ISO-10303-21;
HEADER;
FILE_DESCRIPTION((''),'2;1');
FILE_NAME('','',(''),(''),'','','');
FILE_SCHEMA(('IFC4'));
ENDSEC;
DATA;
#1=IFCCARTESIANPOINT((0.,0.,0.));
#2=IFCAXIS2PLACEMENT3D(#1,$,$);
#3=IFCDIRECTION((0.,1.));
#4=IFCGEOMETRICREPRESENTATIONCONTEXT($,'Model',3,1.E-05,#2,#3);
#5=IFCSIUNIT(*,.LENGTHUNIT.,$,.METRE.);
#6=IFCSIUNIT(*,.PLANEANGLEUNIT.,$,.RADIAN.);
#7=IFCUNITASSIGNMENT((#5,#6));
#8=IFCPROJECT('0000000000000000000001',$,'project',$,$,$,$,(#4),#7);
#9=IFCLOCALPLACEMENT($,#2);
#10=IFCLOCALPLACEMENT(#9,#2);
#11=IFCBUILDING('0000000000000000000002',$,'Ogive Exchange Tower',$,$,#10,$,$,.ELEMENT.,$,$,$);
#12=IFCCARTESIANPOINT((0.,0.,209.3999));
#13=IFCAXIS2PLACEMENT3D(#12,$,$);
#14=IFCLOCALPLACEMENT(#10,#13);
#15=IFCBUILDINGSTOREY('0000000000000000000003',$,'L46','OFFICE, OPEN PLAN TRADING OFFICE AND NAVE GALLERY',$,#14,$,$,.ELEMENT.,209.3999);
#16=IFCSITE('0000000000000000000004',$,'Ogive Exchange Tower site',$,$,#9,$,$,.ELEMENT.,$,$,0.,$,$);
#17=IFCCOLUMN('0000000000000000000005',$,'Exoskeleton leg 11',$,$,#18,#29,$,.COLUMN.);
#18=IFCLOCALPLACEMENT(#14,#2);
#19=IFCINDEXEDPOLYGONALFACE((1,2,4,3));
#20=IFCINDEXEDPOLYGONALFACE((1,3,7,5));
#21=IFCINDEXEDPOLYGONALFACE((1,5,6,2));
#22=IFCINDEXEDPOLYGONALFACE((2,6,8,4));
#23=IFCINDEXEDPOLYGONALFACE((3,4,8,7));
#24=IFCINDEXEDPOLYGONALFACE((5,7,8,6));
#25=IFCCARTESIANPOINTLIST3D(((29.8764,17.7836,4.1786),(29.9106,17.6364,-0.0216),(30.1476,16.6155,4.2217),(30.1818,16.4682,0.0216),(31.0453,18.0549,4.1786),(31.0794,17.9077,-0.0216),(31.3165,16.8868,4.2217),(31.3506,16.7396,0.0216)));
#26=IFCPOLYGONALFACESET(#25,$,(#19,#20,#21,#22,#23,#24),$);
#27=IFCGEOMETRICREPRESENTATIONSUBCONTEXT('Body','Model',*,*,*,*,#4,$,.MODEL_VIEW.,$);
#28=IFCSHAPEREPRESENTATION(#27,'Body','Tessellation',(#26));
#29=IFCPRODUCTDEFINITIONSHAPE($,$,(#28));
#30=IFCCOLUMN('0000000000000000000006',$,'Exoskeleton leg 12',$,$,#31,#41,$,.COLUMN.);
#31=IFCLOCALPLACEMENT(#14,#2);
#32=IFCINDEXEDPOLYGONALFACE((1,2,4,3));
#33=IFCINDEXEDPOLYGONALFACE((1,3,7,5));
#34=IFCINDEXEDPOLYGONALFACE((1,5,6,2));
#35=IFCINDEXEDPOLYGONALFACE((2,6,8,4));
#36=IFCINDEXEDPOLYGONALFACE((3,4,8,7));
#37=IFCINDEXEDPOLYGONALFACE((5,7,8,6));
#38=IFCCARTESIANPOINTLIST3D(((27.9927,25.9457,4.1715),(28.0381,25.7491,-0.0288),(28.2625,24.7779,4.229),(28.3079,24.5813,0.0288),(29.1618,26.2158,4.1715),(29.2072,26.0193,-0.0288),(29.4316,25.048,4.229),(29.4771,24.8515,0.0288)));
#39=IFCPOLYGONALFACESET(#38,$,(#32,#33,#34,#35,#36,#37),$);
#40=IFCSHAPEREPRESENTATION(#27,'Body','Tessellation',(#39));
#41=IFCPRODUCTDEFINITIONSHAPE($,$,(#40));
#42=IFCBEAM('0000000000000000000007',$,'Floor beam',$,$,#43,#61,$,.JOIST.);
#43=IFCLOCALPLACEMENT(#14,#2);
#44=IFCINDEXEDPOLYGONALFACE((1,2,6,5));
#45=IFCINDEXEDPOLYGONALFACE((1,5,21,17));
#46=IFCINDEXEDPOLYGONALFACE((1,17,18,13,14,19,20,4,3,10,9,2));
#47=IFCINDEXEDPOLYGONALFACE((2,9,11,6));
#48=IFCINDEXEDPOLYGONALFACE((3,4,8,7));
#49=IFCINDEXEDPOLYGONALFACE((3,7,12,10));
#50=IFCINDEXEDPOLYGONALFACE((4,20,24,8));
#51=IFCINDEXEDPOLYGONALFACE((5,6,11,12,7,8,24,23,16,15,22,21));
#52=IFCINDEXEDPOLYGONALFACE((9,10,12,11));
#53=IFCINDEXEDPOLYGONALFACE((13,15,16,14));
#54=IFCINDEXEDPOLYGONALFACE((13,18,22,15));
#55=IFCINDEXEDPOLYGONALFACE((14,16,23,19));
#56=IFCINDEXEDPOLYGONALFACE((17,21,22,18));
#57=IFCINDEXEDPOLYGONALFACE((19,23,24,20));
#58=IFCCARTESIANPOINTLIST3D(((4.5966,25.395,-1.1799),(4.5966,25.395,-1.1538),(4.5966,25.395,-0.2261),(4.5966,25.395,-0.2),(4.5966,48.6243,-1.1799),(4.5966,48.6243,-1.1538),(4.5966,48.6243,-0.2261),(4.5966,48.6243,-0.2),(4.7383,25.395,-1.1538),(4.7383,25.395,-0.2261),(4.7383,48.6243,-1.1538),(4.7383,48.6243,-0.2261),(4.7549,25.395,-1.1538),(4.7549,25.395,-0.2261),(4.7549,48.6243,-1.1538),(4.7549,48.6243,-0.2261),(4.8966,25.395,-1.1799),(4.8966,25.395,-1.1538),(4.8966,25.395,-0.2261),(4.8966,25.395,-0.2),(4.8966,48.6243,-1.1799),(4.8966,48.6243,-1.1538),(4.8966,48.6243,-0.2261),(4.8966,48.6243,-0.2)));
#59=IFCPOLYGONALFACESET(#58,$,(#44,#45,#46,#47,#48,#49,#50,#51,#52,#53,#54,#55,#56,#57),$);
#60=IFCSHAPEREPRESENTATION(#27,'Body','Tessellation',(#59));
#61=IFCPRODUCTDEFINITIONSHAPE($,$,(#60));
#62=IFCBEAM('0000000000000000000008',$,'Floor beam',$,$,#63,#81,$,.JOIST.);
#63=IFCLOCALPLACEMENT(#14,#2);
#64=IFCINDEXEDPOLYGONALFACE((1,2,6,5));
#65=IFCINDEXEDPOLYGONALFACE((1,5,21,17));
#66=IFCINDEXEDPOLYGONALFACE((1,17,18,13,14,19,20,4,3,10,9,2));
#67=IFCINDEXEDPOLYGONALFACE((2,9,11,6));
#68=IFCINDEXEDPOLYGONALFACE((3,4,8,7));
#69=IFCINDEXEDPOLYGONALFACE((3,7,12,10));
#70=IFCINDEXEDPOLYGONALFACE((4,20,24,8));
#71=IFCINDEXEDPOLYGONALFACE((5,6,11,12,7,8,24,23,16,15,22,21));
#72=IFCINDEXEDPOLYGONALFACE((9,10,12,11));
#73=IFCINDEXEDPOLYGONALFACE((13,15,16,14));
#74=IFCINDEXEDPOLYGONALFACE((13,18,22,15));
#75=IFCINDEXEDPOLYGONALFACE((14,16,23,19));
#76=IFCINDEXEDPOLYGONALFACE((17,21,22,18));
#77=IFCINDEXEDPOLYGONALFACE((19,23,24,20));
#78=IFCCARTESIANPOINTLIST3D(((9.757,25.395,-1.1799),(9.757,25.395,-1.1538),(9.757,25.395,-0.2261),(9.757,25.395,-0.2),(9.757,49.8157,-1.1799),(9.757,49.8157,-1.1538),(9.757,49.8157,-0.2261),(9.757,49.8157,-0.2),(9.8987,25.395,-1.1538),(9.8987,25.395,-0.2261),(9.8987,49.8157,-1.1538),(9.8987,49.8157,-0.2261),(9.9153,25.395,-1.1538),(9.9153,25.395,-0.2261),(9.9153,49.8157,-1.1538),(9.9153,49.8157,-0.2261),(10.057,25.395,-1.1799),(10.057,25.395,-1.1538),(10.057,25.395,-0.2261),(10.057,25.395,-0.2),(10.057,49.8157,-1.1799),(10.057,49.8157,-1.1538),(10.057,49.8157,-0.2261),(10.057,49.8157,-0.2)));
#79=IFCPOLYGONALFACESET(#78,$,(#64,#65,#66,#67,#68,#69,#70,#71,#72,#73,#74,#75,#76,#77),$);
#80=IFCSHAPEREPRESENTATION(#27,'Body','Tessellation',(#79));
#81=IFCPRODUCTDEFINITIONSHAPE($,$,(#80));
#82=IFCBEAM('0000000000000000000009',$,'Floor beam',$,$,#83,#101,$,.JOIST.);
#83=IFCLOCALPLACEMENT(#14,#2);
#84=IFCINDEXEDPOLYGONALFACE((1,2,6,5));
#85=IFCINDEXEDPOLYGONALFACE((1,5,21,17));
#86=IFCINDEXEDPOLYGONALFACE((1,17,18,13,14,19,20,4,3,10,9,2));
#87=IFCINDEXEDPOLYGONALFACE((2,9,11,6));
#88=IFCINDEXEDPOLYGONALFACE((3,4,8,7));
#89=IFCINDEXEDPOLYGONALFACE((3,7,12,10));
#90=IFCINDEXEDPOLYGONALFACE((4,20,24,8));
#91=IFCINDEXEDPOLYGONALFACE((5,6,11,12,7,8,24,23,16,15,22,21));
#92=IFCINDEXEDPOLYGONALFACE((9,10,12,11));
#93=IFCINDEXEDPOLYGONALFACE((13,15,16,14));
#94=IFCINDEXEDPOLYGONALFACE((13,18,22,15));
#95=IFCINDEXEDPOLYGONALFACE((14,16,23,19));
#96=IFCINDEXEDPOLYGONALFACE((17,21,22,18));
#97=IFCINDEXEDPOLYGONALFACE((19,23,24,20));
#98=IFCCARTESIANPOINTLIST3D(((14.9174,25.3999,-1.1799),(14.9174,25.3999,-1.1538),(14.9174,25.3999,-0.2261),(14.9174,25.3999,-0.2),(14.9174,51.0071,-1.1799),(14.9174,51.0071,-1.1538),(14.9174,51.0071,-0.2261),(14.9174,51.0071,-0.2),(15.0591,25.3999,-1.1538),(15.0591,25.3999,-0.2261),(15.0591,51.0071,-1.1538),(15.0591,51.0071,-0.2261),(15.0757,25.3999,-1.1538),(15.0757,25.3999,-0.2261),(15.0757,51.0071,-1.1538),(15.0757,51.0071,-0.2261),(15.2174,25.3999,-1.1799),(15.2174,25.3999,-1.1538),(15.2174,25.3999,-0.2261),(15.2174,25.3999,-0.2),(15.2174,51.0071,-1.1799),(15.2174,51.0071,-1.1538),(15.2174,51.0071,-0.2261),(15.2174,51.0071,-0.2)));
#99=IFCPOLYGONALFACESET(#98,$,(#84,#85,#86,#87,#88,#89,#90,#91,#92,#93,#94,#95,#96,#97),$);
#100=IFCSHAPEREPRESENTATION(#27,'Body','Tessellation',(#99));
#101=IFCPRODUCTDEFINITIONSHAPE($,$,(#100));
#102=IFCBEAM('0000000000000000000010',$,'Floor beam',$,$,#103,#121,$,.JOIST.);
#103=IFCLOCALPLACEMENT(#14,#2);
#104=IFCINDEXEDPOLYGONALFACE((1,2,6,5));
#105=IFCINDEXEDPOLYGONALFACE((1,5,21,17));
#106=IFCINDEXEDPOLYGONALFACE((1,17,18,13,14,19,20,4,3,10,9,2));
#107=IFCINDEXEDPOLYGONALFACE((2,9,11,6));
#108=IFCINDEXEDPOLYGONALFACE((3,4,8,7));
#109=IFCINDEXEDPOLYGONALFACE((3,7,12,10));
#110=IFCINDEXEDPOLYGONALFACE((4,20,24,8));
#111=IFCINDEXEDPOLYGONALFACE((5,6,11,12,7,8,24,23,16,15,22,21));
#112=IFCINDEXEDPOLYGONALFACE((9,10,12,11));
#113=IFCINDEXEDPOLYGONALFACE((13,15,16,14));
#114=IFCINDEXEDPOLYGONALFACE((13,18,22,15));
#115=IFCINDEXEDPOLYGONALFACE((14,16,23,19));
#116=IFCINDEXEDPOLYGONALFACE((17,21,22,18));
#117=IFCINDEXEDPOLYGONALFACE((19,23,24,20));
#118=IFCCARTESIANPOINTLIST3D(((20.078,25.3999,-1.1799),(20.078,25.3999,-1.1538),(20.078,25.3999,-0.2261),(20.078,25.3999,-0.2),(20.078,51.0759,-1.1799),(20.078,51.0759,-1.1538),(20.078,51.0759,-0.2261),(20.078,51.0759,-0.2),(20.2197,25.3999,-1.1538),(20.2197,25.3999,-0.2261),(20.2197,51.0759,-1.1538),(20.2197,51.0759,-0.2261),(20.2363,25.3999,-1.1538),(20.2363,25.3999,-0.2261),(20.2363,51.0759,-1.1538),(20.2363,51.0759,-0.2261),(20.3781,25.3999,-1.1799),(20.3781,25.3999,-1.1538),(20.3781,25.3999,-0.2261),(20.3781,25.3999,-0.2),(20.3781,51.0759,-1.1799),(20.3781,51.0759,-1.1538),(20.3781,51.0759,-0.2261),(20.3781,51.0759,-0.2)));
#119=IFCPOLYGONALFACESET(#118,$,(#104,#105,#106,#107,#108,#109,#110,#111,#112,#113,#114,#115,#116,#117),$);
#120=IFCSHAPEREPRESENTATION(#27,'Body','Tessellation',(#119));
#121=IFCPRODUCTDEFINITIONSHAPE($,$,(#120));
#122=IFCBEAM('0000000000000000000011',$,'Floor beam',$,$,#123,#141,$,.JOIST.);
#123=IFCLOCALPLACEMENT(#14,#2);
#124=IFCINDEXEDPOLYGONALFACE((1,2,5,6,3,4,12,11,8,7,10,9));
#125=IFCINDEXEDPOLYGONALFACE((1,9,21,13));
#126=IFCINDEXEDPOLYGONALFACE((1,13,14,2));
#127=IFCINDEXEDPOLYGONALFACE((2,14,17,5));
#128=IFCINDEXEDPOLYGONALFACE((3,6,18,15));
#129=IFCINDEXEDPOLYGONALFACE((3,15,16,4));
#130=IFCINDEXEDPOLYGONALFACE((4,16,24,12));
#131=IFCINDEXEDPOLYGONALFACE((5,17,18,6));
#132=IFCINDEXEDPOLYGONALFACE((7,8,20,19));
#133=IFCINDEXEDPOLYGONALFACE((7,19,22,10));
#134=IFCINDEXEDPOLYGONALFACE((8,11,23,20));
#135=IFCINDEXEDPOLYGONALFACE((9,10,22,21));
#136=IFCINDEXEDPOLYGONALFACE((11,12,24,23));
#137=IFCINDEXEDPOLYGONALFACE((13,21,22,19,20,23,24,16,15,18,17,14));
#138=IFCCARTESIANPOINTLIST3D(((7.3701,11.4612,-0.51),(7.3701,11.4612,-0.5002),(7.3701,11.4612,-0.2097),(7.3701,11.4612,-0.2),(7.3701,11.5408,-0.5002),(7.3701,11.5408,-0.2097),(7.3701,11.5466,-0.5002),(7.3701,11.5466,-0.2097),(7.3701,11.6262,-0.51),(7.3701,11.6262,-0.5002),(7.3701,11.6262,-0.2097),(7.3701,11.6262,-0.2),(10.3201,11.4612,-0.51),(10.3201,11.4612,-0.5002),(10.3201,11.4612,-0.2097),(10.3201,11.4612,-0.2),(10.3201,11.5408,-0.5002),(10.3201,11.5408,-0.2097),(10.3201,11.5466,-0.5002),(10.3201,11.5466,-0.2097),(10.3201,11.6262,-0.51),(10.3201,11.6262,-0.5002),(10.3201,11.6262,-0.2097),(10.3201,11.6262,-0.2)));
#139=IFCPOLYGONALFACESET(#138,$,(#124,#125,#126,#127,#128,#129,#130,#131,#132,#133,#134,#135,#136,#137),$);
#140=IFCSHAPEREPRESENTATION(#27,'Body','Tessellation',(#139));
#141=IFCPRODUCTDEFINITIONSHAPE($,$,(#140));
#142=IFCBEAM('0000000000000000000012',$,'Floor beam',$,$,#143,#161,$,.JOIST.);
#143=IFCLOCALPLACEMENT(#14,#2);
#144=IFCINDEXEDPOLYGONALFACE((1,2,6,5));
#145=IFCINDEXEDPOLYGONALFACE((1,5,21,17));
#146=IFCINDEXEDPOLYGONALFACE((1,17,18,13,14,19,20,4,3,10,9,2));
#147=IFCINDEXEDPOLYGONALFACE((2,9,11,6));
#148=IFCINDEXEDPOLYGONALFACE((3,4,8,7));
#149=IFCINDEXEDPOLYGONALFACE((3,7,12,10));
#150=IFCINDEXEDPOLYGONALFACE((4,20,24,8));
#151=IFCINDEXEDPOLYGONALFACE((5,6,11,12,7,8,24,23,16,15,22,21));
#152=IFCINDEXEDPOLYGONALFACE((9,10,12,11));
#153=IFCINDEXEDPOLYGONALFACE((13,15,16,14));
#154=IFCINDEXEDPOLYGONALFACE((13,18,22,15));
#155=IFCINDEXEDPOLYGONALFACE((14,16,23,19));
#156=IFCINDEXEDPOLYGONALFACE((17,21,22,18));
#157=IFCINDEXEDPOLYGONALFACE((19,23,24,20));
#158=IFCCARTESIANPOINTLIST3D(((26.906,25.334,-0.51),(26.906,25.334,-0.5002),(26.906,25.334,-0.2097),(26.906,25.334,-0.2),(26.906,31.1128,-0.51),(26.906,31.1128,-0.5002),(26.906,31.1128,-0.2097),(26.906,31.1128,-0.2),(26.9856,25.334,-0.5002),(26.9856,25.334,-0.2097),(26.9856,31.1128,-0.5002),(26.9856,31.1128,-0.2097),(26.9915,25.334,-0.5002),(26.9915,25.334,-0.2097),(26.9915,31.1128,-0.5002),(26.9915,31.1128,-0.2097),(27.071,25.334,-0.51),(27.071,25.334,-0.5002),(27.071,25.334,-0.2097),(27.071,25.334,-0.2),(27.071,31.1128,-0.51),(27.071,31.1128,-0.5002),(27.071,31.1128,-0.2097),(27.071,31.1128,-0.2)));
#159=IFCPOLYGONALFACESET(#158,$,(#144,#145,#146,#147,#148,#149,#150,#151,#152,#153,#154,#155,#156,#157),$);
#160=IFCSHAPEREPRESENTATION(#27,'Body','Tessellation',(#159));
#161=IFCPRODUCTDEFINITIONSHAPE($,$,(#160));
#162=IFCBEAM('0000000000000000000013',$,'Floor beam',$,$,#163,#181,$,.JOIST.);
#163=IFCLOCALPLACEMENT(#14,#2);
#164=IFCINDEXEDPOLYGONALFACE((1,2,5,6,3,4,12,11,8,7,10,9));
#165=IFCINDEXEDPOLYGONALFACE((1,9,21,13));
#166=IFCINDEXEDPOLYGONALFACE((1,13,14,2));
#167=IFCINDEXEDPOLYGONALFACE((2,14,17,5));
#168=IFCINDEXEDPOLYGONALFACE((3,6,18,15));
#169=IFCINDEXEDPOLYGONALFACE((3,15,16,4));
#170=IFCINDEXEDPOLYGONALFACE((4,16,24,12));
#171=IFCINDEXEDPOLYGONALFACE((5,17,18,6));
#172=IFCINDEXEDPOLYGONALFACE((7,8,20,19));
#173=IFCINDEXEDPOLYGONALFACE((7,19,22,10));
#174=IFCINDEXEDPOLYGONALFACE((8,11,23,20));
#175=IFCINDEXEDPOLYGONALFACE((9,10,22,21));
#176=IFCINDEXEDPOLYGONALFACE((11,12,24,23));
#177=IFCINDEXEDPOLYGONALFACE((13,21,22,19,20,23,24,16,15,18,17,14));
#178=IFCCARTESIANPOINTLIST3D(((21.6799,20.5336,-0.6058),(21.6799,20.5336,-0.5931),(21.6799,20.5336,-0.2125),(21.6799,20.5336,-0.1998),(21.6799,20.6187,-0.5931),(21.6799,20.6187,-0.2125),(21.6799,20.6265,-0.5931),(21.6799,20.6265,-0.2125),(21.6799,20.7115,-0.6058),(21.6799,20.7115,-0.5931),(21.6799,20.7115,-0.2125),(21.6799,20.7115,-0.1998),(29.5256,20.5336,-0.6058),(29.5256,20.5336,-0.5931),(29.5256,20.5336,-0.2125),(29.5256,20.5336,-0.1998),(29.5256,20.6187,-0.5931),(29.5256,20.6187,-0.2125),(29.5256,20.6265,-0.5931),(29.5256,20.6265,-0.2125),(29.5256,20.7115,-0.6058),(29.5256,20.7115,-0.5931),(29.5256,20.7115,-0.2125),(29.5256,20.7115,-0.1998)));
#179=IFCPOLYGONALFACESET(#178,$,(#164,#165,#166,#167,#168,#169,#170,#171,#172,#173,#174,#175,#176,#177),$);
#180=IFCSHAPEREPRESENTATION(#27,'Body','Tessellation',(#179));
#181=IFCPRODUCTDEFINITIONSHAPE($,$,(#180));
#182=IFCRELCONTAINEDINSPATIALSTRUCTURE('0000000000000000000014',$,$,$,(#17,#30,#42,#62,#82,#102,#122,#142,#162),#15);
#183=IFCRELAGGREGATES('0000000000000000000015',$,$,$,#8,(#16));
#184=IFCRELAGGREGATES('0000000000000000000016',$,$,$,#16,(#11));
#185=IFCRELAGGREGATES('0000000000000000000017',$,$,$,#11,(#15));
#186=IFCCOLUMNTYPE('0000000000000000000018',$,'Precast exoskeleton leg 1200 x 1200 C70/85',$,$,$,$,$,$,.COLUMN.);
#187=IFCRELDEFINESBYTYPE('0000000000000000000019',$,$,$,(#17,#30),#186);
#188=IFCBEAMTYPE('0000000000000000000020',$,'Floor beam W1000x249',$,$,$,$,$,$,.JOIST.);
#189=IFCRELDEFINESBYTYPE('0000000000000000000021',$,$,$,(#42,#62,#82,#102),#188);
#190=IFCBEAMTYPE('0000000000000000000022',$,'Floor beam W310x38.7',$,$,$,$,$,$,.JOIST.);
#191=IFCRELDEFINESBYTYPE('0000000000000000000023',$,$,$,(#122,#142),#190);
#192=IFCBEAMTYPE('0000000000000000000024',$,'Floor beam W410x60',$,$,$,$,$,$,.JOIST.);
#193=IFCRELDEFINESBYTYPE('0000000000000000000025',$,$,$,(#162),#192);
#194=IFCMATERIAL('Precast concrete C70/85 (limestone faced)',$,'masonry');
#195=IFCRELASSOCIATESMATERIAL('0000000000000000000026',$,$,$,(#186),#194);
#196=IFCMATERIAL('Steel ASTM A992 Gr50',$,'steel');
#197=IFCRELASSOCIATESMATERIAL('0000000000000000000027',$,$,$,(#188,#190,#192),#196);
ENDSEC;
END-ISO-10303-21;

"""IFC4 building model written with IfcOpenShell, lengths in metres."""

from ifc_helpers import new_model, si_unit, direction, frame, origin, origin_2d, place, context, subcontext, project, spatial, rectangle, i_section, extrude, material, material_profile, profile_set, type_object, element, save


model = new_model("IFC4")

# Units and contexts
model_context = context("Model", 3, precision=1e-05, world=origin(), true_north=direction((0.0, 1.0)))
body_context = subcontext(model_context, "Body", "Model", "MODEL_VIEW")
ifc_project = project(units=[si_unit("LENGTHUNIT", "METRE"), si_unit("PLANEANGLEUNIT", "RADIAN")], contexts=[model_context])

# Site, building, storey
site_placement = place(None, origin())
site = spatial("IfcSite", under=ifc_project, at=site_placement, Name="Ogive Exchange Tower site", CompositionType="ELEMENT", RefElevation=0.0)
building_placement = place(site_placement, origin())
building = spatial("IfcBuilding", under=site, at=building_placement, Name="Ogive Exchange Tower", CompositionType="ELEMENT")
storey_placement = place(building_placement, frame((0.0, 0.0, 209.3999)))
storey = spatial("IfcBuildingStorey", under=building, at=storey_placement, Name="L46", Description="OFFICE, OPEN PLAN TRADING OFFICE AND NAVE GALLERY", CompositionType="ELEMENT", Elevation=209.3999)

# Columns
ifc_material_1 = material(Name="Precast concrete C70/85 (limestone faced)", Category="masonry")
ifc_material_profile_1 = material_profile(ifc_material_1, rectangle(XDim=1.2, YDim=1.2, at=origin_2d()), Name="1200 x 1200")
ifc_profile_set_1 = profile_set([ifc_material_profile_1], Name="Precast concrete C70/85 (limestone faced)")
column_type = type_object("IfcColumnType", Name="Precast exoskeleton leg 1200 x 1200 C70/85", PredefinedType="COLUMN", material=ifc_profile_set_1)
column_1_placement = place(storey_placement, frame((30.6306, 17.188, 0.0), z_axis=(-0.008132, 0.035027, 0.999353), x_axis=(-0.974091, -0.226157, 0.0)))
element("IfcColumn", 1, at=column_1_placement, inside=storey, type_object=column_type, Name="Exoskeleton leg 11", PredefinedType="COLUMN", context=body_context, shape_type="SweptSolid", body=[
    extrude(rectangle(XDim=1.2, YDim=1.2, at=origin_2d()), origin(), (0.0, 0.0, 1.0), 4.2029),
])
column_2_placement = place(storey_placement, frame((28.7576, 25.3003, 0.0), z_axis=(-0.010799, 0.046738, 0.998849), x_axis=(-0.97433, -0.225125, 0.0)))
element("IfcColumn", 2, at=column_2_placement, inside=storey, type_object=column_type, Name="Exoskeleton leg 12", PredefinedType="COLUMN", context=body_context, shape_type="SweptSolid", body=[
    extrude(rectangle(XDim=1.2, YDim=1.2, at=origin_2d()), origin(), (0.0, 0.0, 1.0), 4.2051),
])

# Beams
ifc_material_2 = material(Name="Steel ASTM A992 Gr50", Category="steel")
ifc_material_profile_2 = material_profile(ifc_material_2, i_section(OverallWidth=0.3, OverallDepth=0.98, WebThickness=0.0166, FlangeThickness=0.0261, at=origin_2d()), Name="W1000x249")
ifc_profile_set_2 = profile_set([ifc_material_profile_2], Name="Steel ASTM A992 Gr50")
beam_type_1 = type_object("IfcBeamType", Name="Floor beam W1000x249", PredefinedType="JOIST", material=ifc_profile_set_2)
beam_1_placement = place(storey_placement, frame((4.7466, 25.395, -0.6899), z_axis=(0.0, 1.0, 0.0), x_axis=(-1.0, 0.0, 0.0)))
element("IfcBeam", 3, at=beam_1_placement, inside=storey, type_object=beam_type_1, Name="Floor beam", PredefinedType="JOIST", context=body_context, shape_type="SweptSolid", body=[
    extrude(i_section(OverallWidth=0.3, OverallDepth=0.98, WebThickness=0.0166, FlangeThickness=0.0261, at=origin_2d()), origin(), (0.0, 0.0, 1.0), 23.2292),
])
beam_2_placement = place(storey_placement, frame((9.907, 25.395, -0.6899), z_axis=(0.0, 1.0, 0.0), x_axis=(-1.0, 0.0, 0.0)))
element("IfcBeam", 4, at=beam_2_placement, inside=storey, type_object=beam_type_1, Name="Floor beam", PredefinedType="JOIST", context=body_context, shape_type="SweptSolid", body=[
    extrude(i_section(OverallWidth=0.3, OverallDepth=0.98, WebThickness=0.0166, FlangeThickness=0.0261, at=origin_2d()), origin(), (0.0, 0.0, 1.0), 24.4207),
])
beam_3_placement = place(storey_placement, frame((15.0674, 25.3999, -0.6899), z_axis=(0.0, 1.0, 0.0), x_axis=(-1.0, 0.0, 0.0)))
element("IfcBeam", 5, at=beam_3_placement, inside=storey, type_object=beam_type_1, Name="Floor beam", PredefinedType="JOIST", context=body_context, shape_type="SweptSolid", body=[
    extrude(i_section(OverallWidth=0.3, OverallDepth=0.98, WebThickness=0.0166, FlangeThickness=0.0261, at=origin_2d()), origin(), (0.0, 0.0, 1.0), 25.6072),
])
beam_4_placement = place(storey_placement, frame((20.228, 25.3999, -0.6899), z_axis=(0.0, 1.0, 0.0), x_axis=(-1.0, 0.0, 0.0)))
element("IfcBeam", 6, at=beam_4_placement, inside=storey, type_object=beam_type_1, Name="Floor beam", PredefinedType="JOIST", context=body_context, shape_type="SweptSolid", body=[
    extrude(i_section(OverallWidth=0.3, OverallDepth=0.98, WebThickness=0.0166, FlangeThickness=0.0261, at=origin_2d()), origin(), (0.0, 0.0, 1.0), 25.676),
])
ifc_material_profile_3 = material_profile(ifc_material_2, i_section(OverallWidth=0.165, OverallDepth=0.3101, WebThickness=0.0059, FlangeThickness=0.0098, at=origin_2d()), Name="W310x38.7")
ifc_profile_set_3 = profile_set([ifc_material_profile_3], Name="Steel ASTM A992 Gr50")
beam_type_2 = type_object("IfcBeamType", Name="Floor beam W310x38.7", PredefinedType="JOIST", material=ifc_profile_set_3)
beam_5_placement = place(storey_placement, frame((7.3701, 11.5437, -0.355), z_axis=(1.0, 0.0, 0.0), x_axis=(0.0, 1.0, 0.0)))
element("IfcBeam", 7, at=beam_5_placement, inside=storey, type_object=beam_type_2, Name="Floor beam", PredefinedType="JOIST", context=body_context, shape_type="SweptSolid", body=[
    extrude(i_section(OverallWidth=0.165, OverallDepth=0.3101, WebThickness=0.0059, FlangeThickness=0.0098, at=origin_2d()), origin(), (0.0, 0.0, 1.0), 2.95),
])
beam_6_placement = place(storey_placement, frame((26.9885, 25.334, -0.355), z_axis=(0.0, 1.0, 0.0), x_axis=(-1.0, 0.0, 0.0)))
element("IfcBeam", 8, at=beam_6_placement, inside=storey, type_object=beam_type_2, Name="Floor beam", PredefinedType="JOIST", context=body_context, shape_type="SweptSolid", body=[
    extrude(i_section(OverallWidth=0.165, OverallDepth=0.3101, WebThickness=0.0059, FlangeThickness=0.0098, at=origin_2d()), origin(), (0.0, 0.0, 1.0), 5.7788),
])
ifc_material_profile_4 = material_profile(ifc_material_2, i_section(OverallWidth=0.178, OverallDepth=0.406, WebThickness=0.0078, FlangeThickness=0.0127, at=origin_2d()), Name="W410x60")
ifc_profile_set_4 = profile_set([ifc_material_profile_4], Name="Steel ASTM A992 Gr50")
beam_type_3 = type_object("IfcBeamType", Name="Floor beam W410x60", PredefinedType="JOIST", material=ifc_profile_set_4)
beam_7_placement = place(storey_placement, frame((21.6799, 20.6226, -0.4028), z_axis=(1.0, 0.0, 0.0), x_axis=(0.0, 1.0, 0.0)))
element("IfcBeam", 9, at=beam_7_placement, inside=storey, type_object=beam_type_3, Name="Floor beam", PredefinedType="JOIST", context=body_context, shape_type="SweptSolid", body=[
    extrude(i_section(OverallWidth=0.178, OverallDepth=0.406, WebThickness=0.0078, FlangeThickness=0.0127, at=origin_2d()), origin(), (0.0, 0.0, 1.0), 7.8457),
])

save(model, "model.ifc")
